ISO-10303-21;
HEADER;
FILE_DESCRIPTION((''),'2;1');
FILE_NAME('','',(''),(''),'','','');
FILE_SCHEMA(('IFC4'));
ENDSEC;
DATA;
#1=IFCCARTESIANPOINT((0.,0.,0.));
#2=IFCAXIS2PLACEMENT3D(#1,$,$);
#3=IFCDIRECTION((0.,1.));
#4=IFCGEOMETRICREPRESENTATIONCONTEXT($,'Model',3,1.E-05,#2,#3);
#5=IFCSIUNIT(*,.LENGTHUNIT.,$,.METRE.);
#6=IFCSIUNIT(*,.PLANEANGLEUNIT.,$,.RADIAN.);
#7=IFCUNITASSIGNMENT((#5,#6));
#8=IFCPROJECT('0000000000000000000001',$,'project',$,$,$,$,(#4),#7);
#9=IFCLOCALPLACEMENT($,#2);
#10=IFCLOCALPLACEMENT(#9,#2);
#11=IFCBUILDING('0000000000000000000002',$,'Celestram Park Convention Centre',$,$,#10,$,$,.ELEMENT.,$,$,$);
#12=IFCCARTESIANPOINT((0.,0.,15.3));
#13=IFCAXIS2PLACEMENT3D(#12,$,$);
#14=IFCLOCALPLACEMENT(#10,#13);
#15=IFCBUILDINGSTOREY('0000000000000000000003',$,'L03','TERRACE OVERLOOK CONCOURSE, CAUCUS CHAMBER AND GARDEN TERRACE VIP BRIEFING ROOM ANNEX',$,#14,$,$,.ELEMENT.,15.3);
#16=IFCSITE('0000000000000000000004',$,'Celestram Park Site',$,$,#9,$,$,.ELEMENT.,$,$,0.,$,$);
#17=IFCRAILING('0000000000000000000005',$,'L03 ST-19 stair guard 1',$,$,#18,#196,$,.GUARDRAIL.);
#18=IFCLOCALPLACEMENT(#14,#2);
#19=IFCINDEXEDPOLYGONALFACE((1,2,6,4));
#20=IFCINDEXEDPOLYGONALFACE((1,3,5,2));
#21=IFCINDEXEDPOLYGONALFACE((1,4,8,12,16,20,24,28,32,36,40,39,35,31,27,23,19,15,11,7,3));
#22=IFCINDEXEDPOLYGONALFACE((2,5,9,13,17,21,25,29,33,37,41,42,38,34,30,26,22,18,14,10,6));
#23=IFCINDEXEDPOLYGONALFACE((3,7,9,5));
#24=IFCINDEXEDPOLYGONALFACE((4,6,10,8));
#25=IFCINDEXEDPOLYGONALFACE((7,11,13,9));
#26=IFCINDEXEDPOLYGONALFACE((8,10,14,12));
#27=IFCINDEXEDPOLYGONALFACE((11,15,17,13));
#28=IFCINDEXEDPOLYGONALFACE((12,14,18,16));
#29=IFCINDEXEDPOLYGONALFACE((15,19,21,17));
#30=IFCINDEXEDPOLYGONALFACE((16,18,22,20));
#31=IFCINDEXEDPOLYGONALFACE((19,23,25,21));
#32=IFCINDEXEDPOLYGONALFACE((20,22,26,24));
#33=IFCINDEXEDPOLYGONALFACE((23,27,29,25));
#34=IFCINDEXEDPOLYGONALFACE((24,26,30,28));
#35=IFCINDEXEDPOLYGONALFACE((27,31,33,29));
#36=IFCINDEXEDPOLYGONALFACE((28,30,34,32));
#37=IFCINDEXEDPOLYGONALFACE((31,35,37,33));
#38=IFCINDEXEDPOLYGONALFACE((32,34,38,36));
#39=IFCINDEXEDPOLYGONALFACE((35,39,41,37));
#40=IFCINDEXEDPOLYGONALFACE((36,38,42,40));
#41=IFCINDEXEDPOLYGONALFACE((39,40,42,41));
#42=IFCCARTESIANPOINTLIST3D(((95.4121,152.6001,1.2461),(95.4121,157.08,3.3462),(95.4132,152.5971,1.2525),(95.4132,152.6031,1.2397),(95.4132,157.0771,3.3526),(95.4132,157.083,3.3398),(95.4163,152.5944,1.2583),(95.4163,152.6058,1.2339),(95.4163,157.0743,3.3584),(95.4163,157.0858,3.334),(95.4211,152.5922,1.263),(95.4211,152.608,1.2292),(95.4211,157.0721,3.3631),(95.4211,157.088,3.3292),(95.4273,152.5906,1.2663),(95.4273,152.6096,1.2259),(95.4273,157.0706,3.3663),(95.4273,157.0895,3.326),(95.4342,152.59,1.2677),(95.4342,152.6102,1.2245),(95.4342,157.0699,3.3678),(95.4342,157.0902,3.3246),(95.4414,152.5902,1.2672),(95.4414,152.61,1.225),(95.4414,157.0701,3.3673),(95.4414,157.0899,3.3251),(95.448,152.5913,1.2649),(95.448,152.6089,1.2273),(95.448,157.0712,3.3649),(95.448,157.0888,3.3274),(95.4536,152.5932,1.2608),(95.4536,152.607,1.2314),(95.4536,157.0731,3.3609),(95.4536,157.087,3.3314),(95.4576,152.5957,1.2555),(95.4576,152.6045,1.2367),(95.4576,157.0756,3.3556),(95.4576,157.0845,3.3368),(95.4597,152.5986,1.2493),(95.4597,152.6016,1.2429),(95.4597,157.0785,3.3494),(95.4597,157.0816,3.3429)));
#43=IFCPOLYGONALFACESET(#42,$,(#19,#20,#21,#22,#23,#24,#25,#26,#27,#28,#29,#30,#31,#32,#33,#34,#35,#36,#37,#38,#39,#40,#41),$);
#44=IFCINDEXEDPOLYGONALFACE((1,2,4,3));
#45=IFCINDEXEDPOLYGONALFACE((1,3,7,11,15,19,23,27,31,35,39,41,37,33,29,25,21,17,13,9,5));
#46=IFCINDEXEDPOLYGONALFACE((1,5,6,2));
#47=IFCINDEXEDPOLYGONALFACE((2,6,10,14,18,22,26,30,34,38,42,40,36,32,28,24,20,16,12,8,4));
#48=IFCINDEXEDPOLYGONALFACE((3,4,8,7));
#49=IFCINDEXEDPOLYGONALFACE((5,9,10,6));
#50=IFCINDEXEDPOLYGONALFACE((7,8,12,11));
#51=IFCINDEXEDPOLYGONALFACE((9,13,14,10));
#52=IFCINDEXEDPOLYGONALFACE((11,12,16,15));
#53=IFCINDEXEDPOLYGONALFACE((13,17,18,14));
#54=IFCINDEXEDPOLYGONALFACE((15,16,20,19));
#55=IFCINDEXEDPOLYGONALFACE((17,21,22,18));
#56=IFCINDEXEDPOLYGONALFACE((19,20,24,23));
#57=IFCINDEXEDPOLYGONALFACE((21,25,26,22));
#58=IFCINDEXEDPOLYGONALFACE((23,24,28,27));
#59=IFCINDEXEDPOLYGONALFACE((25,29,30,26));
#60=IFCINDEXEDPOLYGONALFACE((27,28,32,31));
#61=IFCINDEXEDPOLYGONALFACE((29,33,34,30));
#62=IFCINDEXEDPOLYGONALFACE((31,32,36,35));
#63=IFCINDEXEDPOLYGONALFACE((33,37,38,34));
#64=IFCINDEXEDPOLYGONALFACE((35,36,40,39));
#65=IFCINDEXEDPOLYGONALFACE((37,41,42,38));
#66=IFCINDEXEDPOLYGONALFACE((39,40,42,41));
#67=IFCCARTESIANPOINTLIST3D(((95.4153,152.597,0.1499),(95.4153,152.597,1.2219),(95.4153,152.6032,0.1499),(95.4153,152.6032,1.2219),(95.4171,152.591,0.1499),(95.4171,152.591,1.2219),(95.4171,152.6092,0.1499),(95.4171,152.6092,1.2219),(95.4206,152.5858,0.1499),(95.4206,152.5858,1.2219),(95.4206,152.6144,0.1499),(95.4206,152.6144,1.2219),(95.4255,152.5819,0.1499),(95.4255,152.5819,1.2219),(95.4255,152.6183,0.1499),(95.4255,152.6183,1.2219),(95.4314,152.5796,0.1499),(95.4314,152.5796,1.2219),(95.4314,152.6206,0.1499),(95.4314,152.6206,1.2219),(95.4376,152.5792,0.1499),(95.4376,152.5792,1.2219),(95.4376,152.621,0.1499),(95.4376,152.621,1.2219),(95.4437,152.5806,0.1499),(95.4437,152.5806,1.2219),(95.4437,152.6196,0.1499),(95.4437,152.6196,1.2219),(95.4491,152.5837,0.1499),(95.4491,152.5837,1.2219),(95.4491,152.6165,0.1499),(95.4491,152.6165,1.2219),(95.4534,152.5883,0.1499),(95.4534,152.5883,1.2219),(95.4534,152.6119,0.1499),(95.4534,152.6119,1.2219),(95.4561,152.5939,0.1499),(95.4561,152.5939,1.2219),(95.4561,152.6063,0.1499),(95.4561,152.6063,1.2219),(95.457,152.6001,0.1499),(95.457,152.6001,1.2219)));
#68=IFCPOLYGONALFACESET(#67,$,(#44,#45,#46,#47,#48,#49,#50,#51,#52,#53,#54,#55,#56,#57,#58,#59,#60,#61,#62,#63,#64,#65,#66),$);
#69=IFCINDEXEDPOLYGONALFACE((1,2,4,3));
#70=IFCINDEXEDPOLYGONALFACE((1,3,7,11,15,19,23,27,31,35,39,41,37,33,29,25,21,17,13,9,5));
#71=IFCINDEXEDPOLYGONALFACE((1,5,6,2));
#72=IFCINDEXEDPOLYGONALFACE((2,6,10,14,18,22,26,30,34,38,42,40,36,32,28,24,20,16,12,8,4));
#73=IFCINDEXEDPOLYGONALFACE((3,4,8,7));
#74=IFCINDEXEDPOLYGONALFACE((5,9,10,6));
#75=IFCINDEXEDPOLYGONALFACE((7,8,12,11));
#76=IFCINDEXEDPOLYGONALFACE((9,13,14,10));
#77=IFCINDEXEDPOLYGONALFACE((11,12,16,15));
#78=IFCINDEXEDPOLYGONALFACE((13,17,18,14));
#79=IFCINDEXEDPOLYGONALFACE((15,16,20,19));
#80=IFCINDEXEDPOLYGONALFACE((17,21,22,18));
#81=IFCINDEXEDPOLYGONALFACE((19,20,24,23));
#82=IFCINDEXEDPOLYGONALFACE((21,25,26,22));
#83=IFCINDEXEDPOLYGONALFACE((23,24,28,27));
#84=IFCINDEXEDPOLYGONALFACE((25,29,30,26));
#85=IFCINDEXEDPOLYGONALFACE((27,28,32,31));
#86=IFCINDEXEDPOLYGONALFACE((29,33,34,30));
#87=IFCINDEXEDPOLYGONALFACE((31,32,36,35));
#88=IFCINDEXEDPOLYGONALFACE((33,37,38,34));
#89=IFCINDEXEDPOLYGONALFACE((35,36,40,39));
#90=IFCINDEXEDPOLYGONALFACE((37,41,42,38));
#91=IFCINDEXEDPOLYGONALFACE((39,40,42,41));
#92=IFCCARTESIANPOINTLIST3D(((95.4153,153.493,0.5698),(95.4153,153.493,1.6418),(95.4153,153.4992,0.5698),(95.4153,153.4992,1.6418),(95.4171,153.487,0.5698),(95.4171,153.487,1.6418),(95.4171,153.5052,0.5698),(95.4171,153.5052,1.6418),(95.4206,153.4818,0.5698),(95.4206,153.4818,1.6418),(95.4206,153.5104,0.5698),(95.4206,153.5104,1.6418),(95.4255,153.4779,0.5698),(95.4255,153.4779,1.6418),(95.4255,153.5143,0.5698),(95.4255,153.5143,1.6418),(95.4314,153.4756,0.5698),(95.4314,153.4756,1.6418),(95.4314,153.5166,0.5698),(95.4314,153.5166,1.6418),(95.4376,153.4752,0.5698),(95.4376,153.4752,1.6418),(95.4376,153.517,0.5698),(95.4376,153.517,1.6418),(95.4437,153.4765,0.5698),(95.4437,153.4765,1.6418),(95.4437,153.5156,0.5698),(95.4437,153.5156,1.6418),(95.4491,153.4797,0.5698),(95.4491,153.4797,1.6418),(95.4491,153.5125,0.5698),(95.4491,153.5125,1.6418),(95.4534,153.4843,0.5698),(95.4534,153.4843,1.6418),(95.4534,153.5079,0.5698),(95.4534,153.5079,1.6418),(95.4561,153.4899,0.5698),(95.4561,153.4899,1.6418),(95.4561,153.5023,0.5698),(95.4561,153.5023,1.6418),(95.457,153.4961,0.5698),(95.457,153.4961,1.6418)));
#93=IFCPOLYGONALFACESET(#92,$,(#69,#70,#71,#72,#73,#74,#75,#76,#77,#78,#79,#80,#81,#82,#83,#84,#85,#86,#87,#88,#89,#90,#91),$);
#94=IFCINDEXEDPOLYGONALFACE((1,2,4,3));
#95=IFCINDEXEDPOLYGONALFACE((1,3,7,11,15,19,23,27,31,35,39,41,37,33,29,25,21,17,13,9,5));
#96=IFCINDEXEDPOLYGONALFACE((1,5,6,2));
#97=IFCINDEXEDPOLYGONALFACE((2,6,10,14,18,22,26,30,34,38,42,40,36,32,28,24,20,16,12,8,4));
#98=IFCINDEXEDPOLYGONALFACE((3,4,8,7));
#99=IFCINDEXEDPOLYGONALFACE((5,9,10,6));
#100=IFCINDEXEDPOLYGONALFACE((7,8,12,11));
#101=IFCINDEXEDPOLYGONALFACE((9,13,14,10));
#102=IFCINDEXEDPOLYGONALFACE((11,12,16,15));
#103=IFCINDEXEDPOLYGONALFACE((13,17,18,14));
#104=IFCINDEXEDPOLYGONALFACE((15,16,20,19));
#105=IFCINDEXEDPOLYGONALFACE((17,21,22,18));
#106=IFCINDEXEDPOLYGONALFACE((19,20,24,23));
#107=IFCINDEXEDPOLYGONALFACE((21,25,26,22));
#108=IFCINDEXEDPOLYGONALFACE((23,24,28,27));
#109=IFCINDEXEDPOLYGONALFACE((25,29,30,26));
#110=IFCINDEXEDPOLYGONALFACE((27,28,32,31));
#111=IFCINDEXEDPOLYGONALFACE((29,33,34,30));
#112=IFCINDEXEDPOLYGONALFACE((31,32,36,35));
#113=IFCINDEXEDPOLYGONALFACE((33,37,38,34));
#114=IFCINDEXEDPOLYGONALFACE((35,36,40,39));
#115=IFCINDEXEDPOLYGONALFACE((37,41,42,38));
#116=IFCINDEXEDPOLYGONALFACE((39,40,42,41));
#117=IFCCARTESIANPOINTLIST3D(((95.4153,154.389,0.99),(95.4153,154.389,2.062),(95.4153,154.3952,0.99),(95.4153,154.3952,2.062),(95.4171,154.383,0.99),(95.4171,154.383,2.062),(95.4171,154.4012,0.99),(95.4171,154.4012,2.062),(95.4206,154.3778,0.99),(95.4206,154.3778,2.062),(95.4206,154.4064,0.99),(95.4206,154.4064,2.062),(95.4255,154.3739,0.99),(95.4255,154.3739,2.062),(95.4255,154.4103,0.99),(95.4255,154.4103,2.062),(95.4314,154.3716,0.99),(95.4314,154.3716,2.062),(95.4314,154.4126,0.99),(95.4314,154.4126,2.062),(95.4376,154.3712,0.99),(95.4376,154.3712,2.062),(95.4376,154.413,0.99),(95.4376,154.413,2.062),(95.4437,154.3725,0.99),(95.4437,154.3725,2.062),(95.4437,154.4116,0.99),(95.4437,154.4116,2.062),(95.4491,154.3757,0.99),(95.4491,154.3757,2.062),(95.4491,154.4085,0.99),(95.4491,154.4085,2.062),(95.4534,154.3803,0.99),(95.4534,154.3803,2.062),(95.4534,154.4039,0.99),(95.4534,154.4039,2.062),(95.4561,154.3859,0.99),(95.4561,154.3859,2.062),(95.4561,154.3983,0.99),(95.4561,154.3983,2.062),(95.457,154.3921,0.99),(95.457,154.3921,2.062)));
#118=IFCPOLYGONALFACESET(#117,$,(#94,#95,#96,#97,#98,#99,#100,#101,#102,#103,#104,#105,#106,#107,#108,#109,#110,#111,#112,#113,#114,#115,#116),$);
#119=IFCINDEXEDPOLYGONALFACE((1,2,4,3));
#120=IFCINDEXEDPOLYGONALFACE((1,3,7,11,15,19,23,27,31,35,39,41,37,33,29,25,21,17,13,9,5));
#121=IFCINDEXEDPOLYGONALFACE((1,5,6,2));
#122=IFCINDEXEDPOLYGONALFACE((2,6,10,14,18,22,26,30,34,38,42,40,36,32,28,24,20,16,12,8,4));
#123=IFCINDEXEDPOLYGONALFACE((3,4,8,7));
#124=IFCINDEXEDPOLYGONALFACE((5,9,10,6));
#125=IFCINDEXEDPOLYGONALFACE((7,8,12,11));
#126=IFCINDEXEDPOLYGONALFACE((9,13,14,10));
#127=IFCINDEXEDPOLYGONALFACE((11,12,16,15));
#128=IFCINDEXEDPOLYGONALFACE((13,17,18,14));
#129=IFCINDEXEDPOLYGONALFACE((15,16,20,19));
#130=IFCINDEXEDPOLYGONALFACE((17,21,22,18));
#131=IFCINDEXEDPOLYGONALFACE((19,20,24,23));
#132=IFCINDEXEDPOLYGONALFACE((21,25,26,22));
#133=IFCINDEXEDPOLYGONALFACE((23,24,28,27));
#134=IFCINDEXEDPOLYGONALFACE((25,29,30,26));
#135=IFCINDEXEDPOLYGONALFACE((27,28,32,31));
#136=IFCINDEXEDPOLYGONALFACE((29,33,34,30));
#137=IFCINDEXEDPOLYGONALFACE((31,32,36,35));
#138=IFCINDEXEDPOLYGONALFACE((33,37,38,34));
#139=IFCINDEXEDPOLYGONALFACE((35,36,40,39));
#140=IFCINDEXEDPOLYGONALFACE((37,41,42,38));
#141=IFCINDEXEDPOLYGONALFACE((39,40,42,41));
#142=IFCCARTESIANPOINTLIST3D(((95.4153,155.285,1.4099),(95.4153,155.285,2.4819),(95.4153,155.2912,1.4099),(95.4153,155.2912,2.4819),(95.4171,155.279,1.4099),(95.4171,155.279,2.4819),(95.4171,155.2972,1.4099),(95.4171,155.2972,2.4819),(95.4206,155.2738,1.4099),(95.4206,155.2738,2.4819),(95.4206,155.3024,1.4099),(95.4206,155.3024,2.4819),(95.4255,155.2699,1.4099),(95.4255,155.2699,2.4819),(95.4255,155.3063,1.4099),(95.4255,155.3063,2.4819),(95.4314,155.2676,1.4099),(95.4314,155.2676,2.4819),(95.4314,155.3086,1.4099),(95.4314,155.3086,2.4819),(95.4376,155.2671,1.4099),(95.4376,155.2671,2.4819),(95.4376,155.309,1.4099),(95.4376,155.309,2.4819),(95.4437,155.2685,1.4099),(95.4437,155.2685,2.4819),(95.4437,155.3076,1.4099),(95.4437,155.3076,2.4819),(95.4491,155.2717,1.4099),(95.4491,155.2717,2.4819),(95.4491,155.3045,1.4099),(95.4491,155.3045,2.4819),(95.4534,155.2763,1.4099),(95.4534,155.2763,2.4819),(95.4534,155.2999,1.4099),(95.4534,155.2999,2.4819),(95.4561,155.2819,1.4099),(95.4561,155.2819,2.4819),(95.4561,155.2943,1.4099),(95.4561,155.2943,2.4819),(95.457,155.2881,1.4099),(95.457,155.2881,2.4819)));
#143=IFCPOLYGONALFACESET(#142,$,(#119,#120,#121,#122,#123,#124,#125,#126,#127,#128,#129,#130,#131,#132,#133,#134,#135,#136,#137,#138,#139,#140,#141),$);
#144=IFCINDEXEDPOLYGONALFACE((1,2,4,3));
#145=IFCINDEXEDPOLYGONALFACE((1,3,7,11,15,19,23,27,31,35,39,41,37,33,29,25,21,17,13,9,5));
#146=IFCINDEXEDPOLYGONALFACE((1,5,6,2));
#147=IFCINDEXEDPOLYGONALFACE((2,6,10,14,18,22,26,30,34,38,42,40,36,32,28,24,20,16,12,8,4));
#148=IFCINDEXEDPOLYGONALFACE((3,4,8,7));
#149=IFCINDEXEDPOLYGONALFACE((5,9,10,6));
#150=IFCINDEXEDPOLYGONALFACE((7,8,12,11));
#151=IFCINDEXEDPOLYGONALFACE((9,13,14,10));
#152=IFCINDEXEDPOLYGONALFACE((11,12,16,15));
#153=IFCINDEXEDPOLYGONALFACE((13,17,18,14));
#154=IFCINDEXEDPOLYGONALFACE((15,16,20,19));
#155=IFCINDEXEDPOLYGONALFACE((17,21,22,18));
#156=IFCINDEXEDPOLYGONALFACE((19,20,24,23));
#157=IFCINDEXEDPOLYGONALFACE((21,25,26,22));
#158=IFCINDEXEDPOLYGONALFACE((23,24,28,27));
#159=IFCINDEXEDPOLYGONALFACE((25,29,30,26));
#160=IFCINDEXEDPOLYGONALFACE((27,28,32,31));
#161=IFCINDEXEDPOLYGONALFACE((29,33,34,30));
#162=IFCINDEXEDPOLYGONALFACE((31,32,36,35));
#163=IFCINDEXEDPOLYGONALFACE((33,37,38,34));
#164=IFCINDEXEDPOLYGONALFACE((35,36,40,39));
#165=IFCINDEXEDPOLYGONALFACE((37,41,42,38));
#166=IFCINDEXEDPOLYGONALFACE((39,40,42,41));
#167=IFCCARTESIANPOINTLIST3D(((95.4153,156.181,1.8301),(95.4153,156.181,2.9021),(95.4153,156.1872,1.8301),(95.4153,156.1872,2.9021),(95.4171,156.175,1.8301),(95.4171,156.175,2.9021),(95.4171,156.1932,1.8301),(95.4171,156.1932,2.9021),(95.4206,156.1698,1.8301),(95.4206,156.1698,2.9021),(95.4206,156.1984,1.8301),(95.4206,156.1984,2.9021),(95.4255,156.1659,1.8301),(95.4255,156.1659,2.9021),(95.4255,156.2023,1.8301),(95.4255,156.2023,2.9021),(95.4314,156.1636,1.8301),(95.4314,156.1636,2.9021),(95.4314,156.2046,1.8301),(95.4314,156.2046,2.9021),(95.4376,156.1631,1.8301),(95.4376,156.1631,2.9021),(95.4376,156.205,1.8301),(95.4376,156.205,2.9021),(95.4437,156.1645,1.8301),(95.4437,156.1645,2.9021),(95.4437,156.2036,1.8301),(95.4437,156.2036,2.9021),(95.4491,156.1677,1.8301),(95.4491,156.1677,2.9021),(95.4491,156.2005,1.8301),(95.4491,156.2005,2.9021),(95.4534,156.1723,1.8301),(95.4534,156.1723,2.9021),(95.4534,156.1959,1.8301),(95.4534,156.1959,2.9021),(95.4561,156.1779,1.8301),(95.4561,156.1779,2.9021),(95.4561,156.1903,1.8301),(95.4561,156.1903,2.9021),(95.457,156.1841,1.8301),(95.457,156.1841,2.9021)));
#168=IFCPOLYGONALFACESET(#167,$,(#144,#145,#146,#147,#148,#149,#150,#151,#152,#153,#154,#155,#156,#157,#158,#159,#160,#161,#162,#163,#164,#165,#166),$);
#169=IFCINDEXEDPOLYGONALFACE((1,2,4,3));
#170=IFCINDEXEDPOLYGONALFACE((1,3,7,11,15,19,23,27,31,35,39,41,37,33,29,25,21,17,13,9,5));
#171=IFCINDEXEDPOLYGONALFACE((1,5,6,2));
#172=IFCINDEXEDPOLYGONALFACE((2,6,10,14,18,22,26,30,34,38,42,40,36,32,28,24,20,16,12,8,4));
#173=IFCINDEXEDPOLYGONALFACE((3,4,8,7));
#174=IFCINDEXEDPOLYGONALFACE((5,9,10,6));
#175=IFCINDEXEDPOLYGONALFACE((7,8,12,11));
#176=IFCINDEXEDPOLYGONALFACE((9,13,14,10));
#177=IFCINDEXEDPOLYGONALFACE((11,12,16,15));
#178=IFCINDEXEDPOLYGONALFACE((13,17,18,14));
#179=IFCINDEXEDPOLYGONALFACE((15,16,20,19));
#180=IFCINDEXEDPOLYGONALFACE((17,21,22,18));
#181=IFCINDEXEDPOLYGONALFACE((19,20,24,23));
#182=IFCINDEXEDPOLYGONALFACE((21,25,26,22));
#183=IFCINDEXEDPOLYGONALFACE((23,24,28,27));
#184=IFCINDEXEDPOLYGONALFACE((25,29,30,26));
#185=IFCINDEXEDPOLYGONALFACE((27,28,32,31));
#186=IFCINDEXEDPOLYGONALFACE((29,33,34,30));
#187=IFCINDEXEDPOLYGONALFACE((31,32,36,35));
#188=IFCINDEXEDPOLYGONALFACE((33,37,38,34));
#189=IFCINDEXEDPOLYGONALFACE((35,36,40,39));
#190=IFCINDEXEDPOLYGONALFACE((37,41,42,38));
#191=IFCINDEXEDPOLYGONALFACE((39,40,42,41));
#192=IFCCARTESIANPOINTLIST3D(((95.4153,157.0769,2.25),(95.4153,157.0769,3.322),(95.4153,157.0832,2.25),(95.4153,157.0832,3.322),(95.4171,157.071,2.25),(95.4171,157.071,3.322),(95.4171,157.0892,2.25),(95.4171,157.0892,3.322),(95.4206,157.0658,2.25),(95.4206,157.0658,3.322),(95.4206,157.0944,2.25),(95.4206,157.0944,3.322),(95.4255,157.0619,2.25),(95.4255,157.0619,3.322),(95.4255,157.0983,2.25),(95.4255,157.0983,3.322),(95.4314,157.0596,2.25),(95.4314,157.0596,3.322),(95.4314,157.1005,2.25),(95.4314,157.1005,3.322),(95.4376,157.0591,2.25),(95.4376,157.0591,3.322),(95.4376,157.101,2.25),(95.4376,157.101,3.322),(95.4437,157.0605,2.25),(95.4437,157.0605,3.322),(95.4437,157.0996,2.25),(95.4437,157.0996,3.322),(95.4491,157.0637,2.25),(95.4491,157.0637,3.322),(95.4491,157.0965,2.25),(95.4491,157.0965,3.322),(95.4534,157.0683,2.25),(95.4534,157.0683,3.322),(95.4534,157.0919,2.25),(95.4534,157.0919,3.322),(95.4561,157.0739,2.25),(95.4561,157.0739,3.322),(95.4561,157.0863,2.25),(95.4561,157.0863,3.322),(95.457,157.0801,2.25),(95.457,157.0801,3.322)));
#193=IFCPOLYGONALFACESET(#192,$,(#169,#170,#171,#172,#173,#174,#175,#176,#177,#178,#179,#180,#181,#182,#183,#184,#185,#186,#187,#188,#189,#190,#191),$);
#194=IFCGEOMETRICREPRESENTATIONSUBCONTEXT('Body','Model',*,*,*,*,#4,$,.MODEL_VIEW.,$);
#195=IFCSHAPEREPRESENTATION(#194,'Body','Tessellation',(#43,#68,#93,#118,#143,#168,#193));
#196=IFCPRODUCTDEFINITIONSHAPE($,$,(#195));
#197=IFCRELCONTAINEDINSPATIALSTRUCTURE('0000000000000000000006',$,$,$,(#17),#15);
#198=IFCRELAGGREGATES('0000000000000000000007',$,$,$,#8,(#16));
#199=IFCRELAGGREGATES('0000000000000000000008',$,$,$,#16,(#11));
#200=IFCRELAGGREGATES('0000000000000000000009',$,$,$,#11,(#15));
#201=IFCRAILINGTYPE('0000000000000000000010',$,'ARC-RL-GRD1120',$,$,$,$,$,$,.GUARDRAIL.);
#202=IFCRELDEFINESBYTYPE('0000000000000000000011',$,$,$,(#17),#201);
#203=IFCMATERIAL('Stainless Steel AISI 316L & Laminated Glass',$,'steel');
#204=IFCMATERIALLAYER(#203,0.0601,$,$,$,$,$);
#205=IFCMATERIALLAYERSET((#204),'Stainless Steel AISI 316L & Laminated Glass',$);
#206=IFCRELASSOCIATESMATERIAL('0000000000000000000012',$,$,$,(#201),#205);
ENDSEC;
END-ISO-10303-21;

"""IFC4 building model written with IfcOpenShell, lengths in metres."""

from ifc_helpers import new_model, si_unit, direction, frame, origin, origin_2d, place, context, subcontext, project, spatial, circle, extrude, material, layer, layer_set, type_object, element, save


model = new_model("IFC4")

# Units and contexts
model_context = context("Model", 3, precision=1e-05, world=origin(), true_north=direction((0.0, 1.0)))
body_context = subcontext(model_context, "Body", "Model", "MODEL_VIEW")
ifc_project = project(units=[si_unit("LENGTHUNIT", "METRE"), si_unit("PLANEANGLEUNIT", "RADIAN")], contexts=[model_context])

# Site, building, storey
site_placement = place(None, origin())
site = spatial("IfcSite", under=ifc_project, at=site_placement, Name="Celestram Park Site", CompositionType="ELEMENT", RefElevation=0.0)
building_placement = place(site_placement, origin())
building = spatial("IfcBuilding", under=site, at=building_placement, Name="Celestram Park Convention Centre", CompositionType="ELEMENT")
storey_placement = place(building_placement, frame((0.0, 0.0, 15.3)))
storey = spatial("IfcBuildingStorey", under=building, at=storey_placement, Name="L03", Description="TERRACE OVERLOOK CONCOURSE, CAUCUS CHAMBER AND GARDEN TERRACE VIP BRIEFING ROOM ANNEX", CompositionType="ELEMENT", Elevation=15.3)

# Railing
ifc_material_1 = material(Name="Stainless Steel AISI 316L & Laminated Glass", Category="steel")
ifc_layer_1 = layer(ifc_material_1, 0.0601)
ifc_layer_set_1 = layer_set([ifc_layer_1], Name="Stainless Steel AISI 316L & Laminated Glass")
railing_type_1 = type_object("IfcRailingType", Name="ARC-RL-GRD1120", PredefinedType="GUARDRAIL", material=ifc_layer_set_1)
railing_1_placement = place(storey_placement, frame((95.436, 152.6001, 0.1499)))
element("IfcRailing", 1, at=railing_1_placement, inside=storey, type_object=railing_type_1, Name="L03 ST-19 stair guard 1", PredefinedType="GUARDRAIL", context=body_context, shape_type="SweptSolid", body=[
    extrude(circle(Radius=0.0239, at=origin_2d()), frame((0.0, 0.0, 1.0962), z_axis=(0.0, 0.905451, 0.424452), x_axis=(-1.0, 0.0, 0.0)), (0.0, 0.0, 1.0), 4.9478),
    extrude(circle(Radius=0.021, at=origin_2d()), origin(), (0.0, 0.0, 1.0), 1.072),
    extrude(circle(Radius=0.021, at=origin_2d()), frame((0.0, 0.896, 0.4199)), (0.0, 0.0, 1.0), 1.072),
    extrude(circle(Radius=0.021, at=origin_2d()), frame((0.0, 1.792, 0.8401)), (0.0, 0.0, 1.0), 1.072),
    extrude(circle(Radius=0.021, at=origin_2d()), frame((0.0, 2.688, 1.26)), (0.0, 0.0, 1.0), 1.072),
    extrude(circle(Radius=0.021, at=origin_2d()), frame((0.0, 3.584, 1.6802)), (0.0, 0.0, 1.0), 1.072),
    extrude(circle(Radius=0.021, at=origin_2d()), frame((0.0, 4.48, 2.1001)), (0.0, 0.0, 1.0), 1.072),
])

save(model, "model.ifc")
